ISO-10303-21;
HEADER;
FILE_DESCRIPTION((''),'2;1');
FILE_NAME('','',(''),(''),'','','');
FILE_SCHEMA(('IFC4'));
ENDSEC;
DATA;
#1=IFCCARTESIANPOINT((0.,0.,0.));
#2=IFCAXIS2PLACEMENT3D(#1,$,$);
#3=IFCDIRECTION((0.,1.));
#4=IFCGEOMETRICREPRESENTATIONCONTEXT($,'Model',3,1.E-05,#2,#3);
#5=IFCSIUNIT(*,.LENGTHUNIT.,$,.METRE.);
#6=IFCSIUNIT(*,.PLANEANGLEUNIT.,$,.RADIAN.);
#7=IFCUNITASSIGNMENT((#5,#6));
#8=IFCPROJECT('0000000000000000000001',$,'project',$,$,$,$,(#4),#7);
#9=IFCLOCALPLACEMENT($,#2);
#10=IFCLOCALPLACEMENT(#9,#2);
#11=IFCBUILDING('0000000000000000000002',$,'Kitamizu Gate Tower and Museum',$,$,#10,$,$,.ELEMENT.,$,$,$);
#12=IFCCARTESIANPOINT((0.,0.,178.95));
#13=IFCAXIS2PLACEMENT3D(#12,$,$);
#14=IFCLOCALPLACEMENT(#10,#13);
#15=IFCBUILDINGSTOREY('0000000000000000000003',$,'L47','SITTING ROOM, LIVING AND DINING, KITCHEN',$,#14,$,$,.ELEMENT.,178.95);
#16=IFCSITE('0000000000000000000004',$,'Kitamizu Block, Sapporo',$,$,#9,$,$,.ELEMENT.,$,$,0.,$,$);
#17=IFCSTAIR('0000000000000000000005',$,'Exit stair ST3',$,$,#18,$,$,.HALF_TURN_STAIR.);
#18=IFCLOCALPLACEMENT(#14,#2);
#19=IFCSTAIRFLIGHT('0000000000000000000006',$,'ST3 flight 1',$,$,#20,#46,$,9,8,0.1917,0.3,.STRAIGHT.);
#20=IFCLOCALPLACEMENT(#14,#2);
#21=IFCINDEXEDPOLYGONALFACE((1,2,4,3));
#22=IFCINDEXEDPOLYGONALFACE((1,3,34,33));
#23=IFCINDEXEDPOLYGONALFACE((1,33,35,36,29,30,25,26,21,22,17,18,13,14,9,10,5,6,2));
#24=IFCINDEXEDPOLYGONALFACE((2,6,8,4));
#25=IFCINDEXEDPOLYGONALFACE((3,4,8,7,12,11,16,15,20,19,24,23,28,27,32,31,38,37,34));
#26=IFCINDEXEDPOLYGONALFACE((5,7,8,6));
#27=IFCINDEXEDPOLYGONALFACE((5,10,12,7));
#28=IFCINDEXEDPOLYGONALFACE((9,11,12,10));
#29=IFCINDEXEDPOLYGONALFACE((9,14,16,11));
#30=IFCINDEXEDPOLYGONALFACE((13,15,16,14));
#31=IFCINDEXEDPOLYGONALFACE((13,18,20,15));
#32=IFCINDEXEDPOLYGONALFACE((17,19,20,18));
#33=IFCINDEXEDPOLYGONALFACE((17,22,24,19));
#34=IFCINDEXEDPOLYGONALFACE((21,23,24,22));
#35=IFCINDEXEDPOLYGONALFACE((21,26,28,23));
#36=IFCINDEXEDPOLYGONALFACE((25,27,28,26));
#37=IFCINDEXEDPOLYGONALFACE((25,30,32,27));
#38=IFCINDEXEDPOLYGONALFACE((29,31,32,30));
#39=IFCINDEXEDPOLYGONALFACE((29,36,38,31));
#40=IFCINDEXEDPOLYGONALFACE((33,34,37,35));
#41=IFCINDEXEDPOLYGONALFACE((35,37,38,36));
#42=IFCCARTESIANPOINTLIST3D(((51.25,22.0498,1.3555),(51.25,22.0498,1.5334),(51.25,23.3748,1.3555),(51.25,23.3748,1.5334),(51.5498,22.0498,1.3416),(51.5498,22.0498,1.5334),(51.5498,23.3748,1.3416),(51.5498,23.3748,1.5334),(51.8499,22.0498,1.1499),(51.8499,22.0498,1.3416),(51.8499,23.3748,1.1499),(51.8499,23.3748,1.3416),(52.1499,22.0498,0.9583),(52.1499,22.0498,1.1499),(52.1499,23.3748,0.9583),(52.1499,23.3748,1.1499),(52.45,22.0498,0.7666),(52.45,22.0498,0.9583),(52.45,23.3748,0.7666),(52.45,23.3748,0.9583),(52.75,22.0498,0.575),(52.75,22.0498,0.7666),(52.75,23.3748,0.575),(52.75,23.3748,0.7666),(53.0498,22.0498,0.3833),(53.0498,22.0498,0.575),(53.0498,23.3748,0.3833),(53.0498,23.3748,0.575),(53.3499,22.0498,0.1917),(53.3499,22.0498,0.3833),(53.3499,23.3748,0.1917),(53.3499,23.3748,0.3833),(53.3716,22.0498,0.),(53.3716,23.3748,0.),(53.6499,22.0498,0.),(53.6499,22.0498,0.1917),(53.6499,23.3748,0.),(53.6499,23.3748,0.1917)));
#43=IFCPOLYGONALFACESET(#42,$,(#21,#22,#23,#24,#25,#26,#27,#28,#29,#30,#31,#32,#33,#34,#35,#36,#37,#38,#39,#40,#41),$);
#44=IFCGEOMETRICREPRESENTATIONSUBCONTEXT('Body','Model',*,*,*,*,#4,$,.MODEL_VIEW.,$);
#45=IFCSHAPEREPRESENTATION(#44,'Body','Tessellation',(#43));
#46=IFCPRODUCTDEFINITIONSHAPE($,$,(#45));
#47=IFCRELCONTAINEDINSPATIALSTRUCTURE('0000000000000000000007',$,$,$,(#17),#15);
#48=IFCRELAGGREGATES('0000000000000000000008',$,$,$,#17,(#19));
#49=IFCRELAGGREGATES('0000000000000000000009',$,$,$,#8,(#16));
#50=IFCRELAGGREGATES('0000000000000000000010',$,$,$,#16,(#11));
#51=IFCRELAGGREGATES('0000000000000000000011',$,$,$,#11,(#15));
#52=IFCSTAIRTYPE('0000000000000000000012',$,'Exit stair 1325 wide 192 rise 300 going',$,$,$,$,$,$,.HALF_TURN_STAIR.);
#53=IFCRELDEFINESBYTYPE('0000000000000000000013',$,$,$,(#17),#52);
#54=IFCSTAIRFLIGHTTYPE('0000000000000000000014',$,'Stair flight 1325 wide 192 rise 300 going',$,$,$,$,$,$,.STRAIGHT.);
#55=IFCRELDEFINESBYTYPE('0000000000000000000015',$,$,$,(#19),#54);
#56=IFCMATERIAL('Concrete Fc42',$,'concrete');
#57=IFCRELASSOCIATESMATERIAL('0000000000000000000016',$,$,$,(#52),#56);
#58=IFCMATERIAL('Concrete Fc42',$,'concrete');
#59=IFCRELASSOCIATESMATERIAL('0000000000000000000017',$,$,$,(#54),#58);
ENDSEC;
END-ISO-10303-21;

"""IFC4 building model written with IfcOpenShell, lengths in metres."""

from ifc_helpers import new_model, si_unit, direction, frame, origin, place, context, subcontext, project, spatial, polyline, outline, extrude, material, type_object, element, aggregate, save


model = new_model("IFC4")

# Units and contexts
model_context = context("Model", 3, precision=1e-05, world=origin(), true_north=direction((0.0, 1.0)))
body_context = subcontext(model_context, "Body", "Model", "MODEL_VIEW")
ifc_project = project(units=[si_unit("LENGTHUNIT", "METRE"), si_unit("PLANEANGLEUNIT", "RADIAN")], contexts=[model_context])

# Site, building, storey
site_placement = place(None, origin())
site = spatial("IfcSite", under=ifc_project, at=site_placement, Name="Kitamizu Block, Sapporo", CompositionType="ELEMENT", RefElevation=0.0)
building_placement = place(site_placement, origin())
building = spatial("IfcBuilding", under=site, at=building_placement, Name="Kitamizu Gate Tower and Museum", CompositionType="ELEMENT")
storey_placement = place(building_placement, frame((0.0, 0.0, 178.95)))
storey = spatial("IfcBuildingStorey", under=building, at=storey_placement, Name="L47", Description="SITTING ROOM, LIVING AND DINING, KITCHEN", CompositionType="ELEMENT", Elevation=178.95)

# Stair, stair flight
ifc_material_1 = material(Name="Concrete Fc42", Category="concrete")
stair_type = type_object("IfcStairType", Name="Exit stair 1325 wide 192 rise 300 going", PredefinedType="HALF_TURN_STAIR", material=ifc_material_1)
stair_placement = place(storey_placement, origin())
stair = element("IfcStair", 1, at=stair_placement, inside=storey, type_object=stair_type, Name="Exit stair ST3", PredefinedType="HALF_TURN_STAIR")
ifc_material_2 = material(Name="Concrete Fc42", Category="concrete")
stair_flight_type = type_object("IfcStairFlightType", Name="Stair flight 1325 wide 192 rise 300 going", PredefinedType="STRAIGHT", material=ifc_material_2)
stair_flight_placement = place(storey_placement, frame((53.6499, 22.7124, 0.0), z_axis=(0.0, 0.0, 1.0), x_axis=(-1.0, 0.0, 0.0)))
stair_flight = element("IfcStairFlight", 2, at=stair_flight_placement, type_object=stair_flight_type, Name="ST3 flight 1", NumberOfRisers=9, NumberOfTreads=8, PredefinedType="STRAIGHT", RiserHeight=0.1917, TreadLength=0.3, context=body_context, shape_type="SweptSolid", body=[
    extrude(outline(polyline([(0.0, 0.0), (0.0, 0.1917), (0.3, 0.1917), (0.3, 0.3833), (0.6001, 0.3833), (0.6001, 0.575), (0.8999, 0.575), (0.8999, 0.7666), (1.2, 0.7666), (1.2, 0.9583), (1.5, 0.9583), (1.5, 1.1499), (1.8, 1.1499), (1.8, 1.3416), (2.1001, 1.3416), (2.1001, 1.5334), (2.3999, 1.5334), (2.3999, 1.7251), (2.3999, 1.3555), (0.2783, 0.0), (0.0, 0.0)])), frame((0.0, 0.6626, 0.0), z_axis=(0.0, -1.0, 0.0), x_axis=(1.0, 0.0, 0.0)), (0.0, 0.0, 1.0), 1.325),
])
aggregate(stair, [stair_flight])

save(model, "model.ifc")
